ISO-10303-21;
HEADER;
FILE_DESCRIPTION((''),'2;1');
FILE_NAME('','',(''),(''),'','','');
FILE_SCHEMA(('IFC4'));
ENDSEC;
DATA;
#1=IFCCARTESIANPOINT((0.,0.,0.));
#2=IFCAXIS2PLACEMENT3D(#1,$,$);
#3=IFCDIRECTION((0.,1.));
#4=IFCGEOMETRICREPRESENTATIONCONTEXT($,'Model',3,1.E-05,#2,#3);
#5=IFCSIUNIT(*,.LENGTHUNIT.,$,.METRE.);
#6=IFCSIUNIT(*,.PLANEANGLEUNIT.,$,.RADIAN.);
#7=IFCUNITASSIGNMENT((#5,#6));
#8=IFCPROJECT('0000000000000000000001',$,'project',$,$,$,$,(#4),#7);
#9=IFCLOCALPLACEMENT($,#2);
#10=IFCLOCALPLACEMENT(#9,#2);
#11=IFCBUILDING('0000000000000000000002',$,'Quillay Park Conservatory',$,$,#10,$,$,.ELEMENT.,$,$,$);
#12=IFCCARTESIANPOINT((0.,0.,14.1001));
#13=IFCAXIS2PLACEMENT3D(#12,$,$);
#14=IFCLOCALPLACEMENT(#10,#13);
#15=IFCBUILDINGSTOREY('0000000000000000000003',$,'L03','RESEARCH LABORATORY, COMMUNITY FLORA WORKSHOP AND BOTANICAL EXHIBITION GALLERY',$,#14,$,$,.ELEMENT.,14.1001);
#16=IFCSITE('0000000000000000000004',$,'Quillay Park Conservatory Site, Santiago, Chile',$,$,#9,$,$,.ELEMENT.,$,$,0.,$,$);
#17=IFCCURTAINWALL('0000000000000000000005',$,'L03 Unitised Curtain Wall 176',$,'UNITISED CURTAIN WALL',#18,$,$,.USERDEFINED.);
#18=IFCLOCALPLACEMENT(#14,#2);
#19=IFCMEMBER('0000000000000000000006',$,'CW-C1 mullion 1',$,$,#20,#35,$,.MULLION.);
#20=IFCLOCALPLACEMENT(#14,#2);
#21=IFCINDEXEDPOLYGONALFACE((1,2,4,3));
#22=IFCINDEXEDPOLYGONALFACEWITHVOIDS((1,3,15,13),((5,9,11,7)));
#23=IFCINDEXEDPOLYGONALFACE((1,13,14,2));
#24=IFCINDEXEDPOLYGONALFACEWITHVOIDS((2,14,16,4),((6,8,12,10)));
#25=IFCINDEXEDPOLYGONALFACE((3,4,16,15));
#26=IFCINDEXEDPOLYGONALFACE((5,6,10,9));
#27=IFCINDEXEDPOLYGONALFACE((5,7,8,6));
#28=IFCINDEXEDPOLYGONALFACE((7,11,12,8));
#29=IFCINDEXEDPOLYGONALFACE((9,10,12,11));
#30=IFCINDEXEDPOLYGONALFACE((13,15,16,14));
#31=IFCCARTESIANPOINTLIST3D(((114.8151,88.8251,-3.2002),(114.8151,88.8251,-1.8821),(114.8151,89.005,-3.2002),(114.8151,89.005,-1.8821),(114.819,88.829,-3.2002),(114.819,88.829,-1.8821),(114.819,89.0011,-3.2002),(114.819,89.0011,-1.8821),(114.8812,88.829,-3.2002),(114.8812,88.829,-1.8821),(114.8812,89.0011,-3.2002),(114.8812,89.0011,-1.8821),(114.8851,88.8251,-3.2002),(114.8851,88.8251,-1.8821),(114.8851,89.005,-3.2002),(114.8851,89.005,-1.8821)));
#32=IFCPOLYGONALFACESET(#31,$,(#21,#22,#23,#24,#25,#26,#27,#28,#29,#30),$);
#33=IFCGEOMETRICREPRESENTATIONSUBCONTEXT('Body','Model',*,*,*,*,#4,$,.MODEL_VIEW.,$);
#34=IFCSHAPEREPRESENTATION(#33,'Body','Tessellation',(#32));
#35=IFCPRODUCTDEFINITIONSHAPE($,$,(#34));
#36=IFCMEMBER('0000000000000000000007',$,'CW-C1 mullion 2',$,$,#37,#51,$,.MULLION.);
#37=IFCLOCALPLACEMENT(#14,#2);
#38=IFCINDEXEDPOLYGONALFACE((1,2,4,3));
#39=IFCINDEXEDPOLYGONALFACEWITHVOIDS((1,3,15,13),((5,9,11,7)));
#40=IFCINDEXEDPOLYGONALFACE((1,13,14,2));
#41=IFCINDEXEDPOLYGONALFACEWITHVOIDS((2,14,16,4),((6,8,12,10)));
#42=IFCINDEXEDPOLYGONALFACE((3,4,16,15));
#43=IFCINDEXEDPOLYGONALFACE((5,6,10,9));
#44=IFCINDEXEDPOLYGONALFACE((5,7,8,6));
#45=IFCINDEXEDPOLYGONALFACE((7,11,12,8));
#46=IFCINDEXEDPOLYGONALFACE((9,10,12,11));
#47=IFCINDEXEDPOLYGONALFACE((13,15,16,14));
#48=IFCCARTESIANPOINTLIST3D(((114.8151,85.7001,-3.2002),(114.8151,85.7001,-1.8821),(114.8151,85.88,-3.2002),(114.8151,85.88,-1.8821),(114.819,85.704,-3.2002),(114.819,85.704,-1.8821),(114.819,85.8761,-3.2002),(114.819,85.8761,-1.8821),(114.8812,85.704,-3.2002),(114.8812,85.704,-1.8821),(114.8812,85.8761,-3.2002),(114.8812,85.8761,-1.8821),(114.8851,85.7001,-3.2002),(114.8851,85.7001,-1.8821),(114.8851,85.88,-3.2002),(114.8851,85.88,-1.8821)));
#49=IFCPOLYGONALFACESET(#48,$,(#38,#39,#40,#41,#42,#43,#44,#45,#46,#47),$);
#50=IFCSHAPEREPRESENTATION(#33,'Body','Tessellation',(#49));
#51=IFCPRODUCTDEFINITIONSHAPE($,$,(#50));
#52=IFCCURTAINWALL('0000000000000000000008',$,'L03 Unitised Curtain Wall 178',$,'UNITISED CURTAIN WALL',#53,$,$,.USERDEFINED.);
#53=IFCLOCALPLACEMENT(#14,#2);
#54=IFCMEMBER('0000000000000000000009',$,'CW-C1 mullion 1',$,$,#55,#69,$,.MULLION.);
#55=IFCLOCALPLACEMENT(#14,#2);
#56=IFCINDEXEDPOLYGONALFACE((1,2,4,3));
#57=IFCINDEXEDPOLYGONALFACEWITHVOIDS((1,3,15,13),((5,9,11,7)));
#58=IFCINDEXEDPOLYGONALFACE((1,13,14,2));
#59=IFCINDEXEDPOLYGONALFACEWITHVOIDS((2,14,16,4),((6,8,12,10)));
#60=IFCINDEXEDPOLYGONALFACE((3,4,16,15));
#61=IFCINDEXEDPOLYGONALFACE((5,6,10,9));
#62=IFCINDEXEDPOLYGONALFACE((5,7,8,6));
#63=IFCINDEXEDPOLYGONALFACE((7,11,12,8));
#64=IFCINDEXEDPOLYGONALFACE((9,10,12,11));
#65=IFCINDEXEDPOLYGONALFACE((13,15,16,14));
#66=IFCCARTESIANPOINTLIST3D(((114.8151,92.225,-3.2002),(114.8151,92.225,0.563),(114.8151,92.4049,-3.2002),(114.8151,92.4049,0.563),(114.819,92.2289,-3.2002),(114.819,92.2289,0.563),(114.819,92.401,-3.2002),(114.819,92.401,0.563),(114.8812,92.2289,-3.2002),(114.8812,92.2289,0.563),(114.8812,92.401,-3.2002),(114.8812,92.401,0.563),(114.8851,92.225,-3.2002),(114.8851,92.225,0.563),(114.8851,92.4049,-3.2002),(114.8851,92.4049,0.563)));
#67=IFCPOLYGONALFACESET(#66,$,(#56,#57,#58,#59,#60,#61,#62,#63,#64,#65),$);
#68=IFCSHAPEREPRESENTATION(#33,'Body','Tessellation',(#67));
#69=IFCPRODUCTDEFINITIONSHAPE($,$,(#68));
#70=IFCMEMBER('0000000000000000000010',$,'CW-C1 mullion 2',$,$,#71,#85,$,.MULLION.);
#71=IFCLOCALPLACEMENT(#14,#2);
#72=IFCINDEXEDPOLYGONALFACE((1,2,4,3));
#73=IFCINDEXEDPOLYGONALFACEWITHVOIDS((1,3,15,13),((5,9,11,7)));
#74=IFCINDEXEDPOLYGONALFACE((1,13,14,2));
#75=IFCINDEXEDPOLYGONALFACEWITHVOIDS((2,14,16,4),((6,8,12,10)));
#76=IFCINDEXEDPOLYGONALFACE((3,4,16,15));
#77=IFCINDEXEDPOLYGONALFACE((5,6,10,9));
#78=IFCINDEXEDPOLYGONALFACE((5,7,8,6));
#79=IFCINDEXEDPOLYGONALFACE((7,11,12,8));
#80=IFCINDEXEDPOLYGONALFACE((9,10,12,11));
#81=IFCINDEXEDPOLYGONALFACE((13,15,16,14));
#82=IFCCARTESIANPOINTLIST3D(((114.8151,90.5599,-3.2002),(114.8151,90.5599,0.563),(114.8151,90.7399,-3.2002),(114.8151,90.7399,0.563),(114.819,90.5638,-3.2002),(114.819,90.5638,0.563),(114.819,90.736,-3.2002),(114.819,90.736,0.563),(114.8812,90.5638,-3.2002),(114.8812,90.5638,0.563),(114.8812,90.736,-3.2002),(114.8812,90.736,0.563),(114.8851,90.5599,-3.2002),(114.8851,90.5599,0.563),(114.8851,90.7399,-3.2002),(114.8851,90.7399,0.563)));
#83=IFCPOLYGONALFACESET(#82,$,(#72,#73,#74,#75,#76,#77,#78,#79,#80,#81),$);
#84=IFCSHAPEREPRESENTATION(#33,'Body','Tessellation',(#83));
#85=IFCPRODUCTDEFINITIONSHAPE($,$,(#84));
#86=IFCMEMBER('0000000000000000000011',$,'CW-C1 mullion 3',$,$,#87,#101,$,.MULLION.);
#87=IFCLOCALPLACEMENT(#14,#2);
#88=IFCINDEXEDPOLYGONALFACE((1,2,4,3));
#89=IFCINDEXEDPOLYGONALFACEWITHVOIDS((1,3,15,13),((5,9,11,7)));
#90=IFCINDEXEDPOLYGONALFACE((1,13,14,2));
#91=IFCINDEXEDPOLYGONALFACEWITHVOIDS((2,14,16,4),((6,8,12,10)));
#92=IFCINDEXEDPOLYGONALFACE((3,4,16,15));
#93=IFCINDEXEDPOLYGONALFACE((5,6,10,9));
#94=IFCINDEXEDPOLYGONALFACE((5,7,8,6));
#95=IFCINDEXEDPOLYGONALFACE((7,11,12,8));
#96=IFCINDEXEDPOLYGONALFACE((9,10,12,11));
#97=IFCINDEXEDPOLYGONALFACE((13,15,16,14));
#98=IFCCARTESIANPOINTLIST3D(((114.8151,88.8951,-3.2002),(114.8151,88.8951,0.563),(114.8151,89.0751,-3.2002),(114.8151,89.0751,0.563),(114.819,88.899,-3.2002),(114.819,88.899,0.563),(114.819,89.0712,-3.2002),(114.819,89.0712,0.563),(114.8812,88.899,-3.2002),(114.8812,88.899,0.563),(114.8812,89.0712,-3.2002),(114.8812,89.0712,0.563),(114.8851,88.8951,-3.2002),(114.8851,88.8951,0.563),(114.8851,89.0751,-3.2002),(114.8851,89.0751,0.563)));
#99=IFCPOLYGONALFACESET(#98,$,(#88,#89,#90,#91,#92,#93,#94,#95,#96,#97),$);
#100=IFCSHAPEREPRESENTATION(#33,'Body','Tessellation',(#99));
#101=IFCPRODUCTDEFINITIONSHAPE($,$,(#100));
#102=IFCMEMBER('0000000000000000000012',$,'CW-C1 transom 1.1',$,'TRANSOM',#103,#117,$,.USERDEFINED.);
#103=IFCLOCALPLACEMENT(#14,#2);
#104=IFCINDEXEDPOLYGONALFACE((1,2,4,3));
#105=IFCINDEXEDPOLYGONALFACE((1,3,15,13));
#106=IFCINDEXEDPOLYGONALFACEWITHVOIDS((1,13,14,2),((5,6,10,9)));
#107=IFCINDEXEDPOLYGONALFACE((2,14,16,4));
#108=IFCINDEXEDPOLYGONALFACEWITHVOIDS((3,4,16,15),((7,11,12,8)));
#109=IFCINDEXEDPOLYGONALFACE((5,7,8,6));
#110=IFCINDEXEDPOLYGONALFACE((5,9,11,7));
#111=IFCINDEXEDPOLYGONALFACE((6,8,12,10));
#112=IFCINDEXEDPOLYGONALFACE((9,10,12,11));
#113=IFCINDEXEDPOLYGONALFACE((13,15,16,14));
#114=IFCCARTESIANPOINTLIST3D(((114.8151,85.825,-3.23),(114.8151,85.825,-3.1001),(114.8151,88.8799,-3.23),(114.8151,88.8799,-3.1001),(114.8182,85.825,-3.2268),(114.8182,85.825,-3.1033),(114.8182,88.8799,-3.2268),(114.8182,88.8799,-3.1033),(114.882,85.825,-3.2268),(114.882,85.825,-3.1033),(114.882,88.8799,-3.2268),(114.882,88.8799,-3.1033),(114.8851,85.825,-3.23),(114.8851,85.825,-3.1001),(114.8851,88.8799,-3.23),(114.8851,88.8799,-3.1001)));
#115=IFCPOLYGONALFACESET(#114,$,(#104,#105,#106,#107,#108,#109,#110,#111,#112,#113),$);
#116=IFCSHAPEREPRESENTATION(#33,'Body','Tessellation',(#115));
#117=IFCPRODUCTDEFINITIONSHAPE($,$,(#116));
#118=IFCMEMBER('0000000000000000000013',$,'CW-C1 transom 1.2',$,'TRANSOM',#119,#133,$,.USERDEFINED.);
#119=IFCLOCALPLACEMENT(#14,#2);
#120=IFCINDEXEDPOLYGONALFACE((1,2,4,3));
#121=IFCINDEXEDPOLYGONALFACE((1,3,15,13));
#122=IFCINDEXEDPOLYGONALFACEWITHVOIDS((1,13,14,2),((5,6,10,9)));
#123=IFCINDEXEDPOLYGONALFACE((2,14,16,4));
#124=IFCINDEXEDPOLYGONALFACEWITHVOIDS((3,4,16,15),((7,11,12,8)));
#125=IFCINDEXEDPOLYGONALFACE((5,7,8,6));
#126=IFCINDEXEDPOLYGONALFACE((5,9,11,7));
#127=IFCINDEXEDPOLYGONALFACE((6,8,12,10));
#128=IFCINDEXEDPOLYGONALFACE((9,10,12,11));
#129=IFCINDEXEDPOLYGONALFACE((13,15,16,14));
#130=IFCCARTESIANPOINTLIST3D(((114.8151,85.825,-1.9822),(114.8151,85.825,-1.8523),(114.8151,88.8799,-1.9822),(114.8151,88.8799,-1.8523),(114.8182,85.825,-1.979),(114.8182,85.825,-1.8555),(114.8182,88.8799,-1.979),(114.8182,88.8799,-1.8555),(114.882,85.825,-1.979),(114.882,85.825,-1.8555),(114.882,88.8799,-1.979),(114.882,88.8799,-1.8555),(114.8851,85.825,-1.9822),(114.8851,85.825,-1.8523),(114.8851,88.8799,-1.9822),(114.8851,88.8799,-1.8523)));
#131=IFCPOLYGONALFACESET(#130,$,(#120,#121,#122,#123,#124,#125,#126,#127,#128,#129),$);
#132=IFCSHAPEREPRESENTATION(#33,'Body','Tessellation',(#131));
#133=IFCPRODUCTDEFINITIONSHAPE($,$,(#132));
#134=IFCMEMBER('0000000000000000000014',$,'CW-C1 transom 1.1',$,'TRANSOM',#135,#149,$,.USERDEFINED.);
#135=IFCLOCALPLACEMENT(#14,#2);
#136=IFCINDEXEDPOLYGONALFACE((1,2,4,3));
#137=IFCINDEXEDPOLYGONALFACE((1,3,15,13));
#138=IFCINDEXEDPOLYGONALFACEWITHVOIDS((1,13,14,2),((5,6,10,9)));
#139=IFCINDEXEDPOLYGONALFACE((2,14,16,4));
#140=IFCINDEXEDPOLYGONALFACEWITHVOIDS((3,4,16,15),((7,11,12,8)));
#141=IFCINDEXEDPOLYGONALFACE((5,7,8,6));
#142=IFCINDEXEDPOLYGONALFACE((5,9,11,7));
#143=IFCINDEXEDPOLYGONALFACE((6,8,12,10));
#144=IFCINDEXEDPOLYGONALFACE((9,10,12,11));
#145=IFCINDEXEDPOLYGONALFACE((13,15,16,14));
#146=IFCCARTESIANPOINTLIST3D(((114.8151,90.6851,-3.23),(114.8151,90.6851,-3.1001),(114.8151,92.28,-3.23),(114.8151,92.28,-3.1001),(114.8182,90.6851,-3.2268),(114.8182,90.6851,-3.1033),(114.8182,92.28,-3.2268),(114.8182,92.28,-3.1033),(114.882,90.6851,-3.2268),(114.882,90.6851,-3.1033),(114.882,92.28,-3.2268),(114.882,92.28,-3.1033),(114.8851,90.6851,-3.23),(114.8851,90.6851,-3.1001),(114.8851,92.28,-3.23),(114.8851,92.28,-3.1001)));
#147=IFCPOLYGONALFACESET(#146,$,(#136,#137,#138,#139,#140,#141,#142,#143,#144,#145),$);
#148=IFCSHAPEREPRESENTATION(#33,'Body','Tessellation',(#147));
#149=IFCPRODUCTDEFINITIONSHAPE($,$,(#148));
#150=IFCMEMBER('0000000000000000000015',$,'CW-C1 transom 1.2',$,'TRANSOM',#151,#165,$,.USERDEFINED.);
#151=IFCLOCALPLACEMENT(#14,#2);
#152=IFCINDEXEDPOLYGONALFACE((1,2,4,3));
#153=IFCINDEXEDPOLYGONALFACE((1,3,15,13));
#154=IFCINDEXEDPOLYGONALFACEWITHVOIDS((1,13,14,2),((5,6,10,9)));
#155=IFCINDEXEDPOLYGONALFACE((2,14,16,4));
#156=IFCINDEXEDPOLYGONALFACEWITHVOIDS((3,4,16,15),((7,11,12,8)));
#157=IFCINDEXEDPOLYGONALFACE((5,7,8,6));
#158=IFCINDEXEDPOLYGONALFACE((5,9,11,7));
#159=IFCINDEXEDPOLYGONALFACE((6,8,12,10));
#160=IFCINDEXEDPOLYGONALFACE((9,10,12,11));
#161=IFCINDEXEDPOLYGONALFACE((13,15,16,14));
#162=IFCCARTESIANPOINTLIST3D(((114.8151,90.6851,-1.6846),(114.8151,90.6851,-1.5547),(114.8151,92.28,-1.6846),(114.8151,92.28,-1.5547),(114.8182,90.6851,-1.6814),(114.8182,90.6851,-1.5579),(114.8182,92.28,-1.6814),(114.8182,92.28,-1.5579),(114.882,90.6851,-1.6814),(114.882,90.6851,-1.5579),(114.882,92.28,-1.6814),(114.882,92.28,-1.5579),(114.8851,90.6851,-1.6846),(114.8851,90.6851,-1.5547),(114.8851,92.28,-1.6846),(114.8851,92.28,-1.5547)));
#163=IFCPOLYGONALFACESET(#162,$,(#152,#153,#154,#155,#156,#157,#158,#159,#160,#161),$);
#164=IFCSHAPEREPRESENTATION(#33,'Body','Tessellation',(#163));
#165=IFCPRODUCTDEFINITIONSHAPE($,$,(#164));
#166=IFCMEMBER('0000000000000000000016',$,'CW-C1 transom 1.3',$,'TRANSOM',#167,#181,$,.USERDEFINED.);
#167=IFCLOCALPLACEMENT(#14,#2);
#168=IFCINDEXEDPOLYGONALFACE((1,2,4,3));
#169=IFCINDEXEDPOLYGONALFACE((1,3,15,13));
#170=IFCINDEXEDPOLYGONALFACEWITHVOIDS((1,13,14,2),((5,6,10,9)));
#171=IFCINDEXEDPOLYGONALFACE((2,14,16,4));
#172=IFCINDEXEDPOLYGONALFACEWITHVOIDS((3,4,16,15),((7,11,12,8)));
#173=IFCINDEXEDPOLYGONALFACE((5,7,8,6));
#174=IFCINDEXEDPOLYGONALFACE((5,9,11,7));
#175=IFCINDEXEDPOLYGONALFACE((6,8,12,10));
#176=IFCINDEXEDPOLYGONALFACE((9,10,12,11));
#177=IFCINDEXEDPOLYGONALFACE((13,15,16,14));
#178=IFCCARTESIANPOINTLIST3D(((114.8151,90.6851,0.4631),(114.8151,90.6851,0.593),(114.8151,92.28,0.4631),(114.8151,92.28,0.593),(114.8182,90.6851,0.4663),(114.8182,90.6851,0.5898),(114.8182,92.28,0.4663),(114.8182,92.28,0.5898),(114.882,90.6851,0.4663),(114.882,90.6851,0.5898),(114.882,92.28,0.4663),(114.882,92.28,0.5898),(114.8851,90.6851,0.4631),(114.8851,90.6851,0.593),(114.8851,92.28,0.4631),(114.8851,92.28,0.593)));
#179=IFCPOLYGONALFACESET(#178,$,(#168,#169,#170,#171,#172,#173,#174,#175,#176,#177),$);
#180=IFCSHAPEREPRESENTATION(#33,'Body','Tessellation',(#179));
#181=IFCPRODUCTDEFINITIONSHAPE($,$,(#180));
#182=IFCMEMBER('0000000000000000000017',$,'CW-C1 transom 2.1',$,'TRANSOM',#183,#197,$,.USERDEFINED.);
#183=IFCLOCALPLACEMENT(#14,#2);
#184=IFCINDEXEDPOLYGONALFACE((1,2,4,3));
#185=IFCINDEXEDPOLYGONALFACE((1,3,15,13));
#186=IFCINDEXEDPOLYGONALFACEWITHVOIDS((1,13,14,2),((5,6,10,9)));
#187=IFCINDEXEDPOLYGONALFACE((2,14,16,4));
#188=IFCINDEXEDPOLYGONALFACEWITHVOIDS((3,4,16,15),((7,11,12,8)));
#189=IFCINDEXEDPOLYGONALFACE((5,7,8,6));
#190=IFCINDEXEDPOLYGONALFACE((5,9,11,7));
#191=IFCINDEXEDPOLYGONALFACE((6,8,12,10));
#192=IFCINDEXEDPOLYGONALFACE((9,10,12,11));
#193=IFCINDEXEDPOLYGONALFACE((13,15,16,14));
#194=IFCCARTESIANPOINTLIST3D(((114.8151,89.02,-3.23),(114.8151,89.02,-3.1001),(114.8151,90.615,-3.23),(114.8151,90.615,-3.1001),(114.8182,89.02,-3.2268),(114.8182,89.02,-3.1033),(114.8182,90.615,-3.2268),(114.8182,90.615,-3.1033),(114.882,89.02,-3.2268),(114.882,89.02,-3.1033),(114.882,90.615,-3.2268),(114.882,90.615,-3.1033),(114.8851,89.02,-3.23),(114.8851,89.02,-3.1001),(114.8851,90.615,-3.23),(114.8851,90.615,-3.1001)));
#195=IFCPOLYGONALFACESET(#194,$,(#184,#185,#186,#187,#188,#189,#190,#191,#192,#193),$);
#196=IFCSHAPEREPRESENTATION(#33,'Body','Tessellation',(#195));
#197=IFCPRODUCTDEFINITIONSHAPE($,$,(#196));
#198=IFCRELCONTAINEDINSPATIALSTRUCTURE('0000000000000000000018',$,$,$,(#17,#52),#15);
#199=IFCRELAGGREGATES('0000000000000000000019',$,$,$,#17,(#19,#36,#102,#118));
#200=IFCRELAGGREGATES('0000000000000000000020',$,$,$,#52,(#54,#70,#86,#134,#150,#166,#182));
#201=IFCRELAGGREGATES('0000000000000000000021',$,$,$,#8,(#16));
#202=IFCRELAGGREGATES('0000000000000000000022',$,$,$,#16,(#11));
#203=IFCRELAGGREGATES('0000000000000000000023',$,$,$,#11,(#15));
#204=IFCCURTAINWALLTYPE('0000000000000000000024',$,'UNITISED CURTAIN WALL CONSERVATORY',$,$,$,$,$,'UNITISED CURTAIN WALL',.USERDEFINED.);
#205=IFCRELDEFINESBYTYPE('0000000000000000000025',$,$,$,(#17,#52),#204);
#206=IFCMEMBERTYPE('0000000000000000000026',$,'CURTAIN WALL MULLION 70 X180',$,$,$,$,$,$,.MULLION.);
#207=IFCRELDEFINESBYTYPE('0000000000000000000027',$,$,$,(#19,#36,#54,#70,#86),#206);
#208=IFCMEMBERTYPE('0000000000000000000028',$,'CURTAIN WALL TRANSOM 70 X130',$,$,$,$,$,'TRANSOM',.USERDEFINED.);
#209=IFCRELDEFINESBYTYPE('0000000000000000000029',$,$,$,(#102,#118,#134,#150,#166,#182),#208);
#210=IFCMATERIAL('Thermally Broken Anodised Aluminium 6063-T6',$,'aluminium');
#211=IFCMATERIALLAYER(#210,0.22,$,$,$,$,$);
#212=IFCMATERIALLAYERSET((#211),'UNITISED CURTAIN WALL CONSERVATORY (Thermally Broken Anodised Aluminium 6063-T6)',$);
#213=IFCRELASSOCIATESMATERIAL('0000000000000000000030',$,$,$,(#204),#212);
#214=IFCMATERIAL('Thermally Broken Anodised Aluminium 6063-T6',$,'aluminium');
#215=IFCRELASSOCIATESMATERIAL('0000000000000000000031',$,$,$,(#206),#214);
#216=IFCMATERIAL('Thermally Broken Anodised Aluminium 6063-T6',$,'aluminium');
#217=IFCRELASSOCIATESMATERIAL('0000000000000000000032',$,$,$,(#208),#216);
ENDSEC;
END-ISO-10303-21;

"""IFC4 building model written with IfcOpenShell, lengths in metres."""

from ifc_helpers import new_model, si_unit, direction, frame, origin, origin_2d, place, context, subcontext, project, spatial, hollow_rectangle, extrude, material, layer, layer_set, material_profile, profile_set, type_object, element, aggregate, save


model = new_model("IFC4")

# Units and contexts
model_context = context("Model", 3, precision=1e-05, world=origin(), true_north=direction((0.0, 1.0)))
body_context = subcontext(model_context, "Body", "Model", "MODEL_VIEW")
ifc_project = project(units=[si_unit("LENGTHUNIT", "METRE"), si_unit("PLANEANGLEUNIT", "RADIAN")], contexts=[model_context])

# Site, building, storey
site_placement = place(None, origin())
site = spatial("IfcSite", under=ifc_project, at=site_placement, Name="Quillay Park Conservatory Site, Santiago, Chile", CompositionType="ELEMENT", RefElevation=0.0)
building_placement = place(site_placement, origin())
building = spatial("IfcBuilding", under=site, at=building_placement, Name="Quillay Park Conservatory", CompositionType="ELEMENT")
storey_placement = place(building_placement, frame((0.0, 0.0, 14.1001)))
storey = spatial("IfcBuildingStorey", under=building, at=storey_placement, Name="L03", Description="RESEARCH LABORATORY, COMMUNITY FLORA WORKSHOP AND BOTANICAL EXHIBITION GALLERY", CompositionType="ELEMENT", Elevation=14.1001)

# Curtain walls, members
ifc_material_1 = material(Name="Thermally Broken Anodised Aluminium 6063-T6", Category="aluminium")
ifc_layer_1 = layer(ifc_material_1, 0.22)
ifc_layer_set_1 = layer_set([ifc_layer_1], Name="UNITISED CURTAIN WALL CONSERVATORY (Thermally Broken Anodised Aluminium 6063-T6)")
curtain_wall_type = type_object("IfcCurtainWallType", Name="UNITISED CURTAIN WALL CONSERVATORY", ElementType="UNITISED CURTAIN WALL", PredefinedType="USERDEFINED", material=ifc_layer_set_1)
curtain_wall_1_placement = place(storey_placement, origin())
curtain_wall_1 = element("IfcCurtainWall", 1, at=curtain_wall_1_placement, inside=storey, type_object=curtain_wall_type, Name="L03 Unitised Curtain Wall 176", ObjectType="UNITISED CURTAIN WALL", PredefinedType="USERDEFINED")
ifc_material_2 = material(Name="Thermally Broken Anodised Aluminium 6063-T6", Category="aluminium")
ifc_material_profile_1 = material_profile(ifc_material_2, hollow_rectangle(XDim=0.0701, YDim=0.1799, WallThickness=0.0039, at=origin_2d()), Name="AL70x180x4")
ifc_profile_set_1 = profile_set([ifc_material_profile_1], Name="Thermally Broken Anodised Aluminium 6063-T6")
member_type_1 = type_object("IfcMemberType", Name="CURTAIN WALL MULLION 70 X180", PredefinedType="MULLION", material=ifc_profile_set_1)
member_1_placement = place(storey_placement, frame((114.8501, 88.915, -3.2002), z_axis=(0.0, 0.0, 1.0), x_axis=(1.0, 0.0, 0.0)))
member_1 = element("IfcMember", 2, at=member_1_placement, type_object=member_type_1, Name="CW-C1 mullion 1", PredefinedType="MULLION", context=body_context, shape_type="SweptSolid", body=[
    extrude(hollow_rectangle(XDim=0.0701, YDim=0.1799, WallThickness=0.0039, at=origin_2d()), origin(), (0.0, 0.0, 1.0), 1.3181),
])
member_2_placement = place(storey_placement, frame((114.8501, 85.79, -3.2002), z_axis=(0.0, 0.0, 1.0), x_axis=(1.0, 0.0, 0.0)))
member_2 = element("IfcMember", 3, at=member_2_placement, type_object=member_type_1, Name="CW-C1 mullion 2", PredefinedType="MULLION", context=body_context, shape_type="SweptSolid", body=[
    extrude(hollow_rectangle(XDim=0.0701, YDim=0.1799, WallThickness=0.0039, at=origin_2d()), origin(), (0.0, 0.0, 1.0), 1.3181),
])
curtain_wall_2_placement = place(storey_placement, origin())
curtain_wall_2 = element("IfcCurtainWall", 4, at=curtain_wall_2_placement, inside=storey, type_object=curtain_wall_type, Name="L03 Unitised Curtain Wall 178", ObjectType="UNITISED CURTAIN WALL", PredefinedType="USERDEFINED")
member_3_placement = place(storey_placement, frame((114.8501, 92.3149, -3.2002), z_axis=(0.0, 0.0, 1.0), x_axis=(1.0, 0.0, 0.0)))
member_3 = element("IfcMember", 5, at=member_3_placement, type_object=member_type_1, Name="CW-C1 mullion 1", PredefinedType="MULLION", context=body_context, shape_type="SweptSolid", body=[
    extrude(hollow_rectangle(XDim=0.0701, YDim=0.1799, WallThickness=0.0039, at=origin_2d()), origin(), (0.0, 0.0, 1.0), 3.7632),
])
member_4_placement = place(storey_placement, frame((114.8501, 90.6499, -3.2002), z_axis=(0.0, 0.0, 1.0), x_axis=(1.0, 0.0, 0.0)))
member_4 = element("IfcMember", 6, at=member_4_placement, type_object=member_type_1, Name="CW-C1 mullion 2", PredefinedType="MULLION", context=body_context, shape_type="SweptSolid", body=[
    extrude(hollow_rectangle(XDim=0.0701, YDim=0.1799, WallThickness=0.0039, at=origin_2d()), origin(), (0.0, 0.0, 1.0), 3.7632),
])
member_5_placement = place(storey_placement, frame((114.8501, 88.9851, -3.2002), z_axis=(0.0, 0.0, 1.0), x_axis=(1.0, 0.0, 0.0)))
member_5 = element("IfcMember", 7, at=member_5_placement, type_object=member_type_1, Name="CW-C1 mullion 3", PredefinedType="MULLION", context=body_context, shape_type="SweptSolid", body=[
    extrude(hollow_rectangle(XDim=0.0701, YDim=0.1799, WallThickness=0.0039, at=origin_2d()), origin(), (0.0, 0.0, 1.0), 3.7632),
])

# Members
ifc_material_3 = material(Name="Thermally Broken Anodised Aluminium 6063-T6", Category="aluminium")
ifc_material_profile_2 = material_profile(ifc_material_3, hollow_rectangle(XDim=0.0701, YDim=0.1299, WallThickness=0.0032, at=origin_2d()), Name="AL70x130x3.2")
ifc_profile_set_2 = profile_set([ifc_material_profile_2], Name="Thermally Broken Anodised Aluminium 6063-T6")
member_type_2 = type_object("IfcMemberType", Name="CURTAIN WALL TRANSOM 70 X130", ElementType="TRANSOM", PredefinedType="USERDEFINED", material=ifc_profile_set_2)
member_6_placement = place(storey_placement, frame((114.8501, 88.8799, -3.165), z_axis=(0.0, -1.0, 0.0), x_axis=(1.0, 0.0, 0.0)))
member_6 = element("IfcMember", 8, at=member_6_placement, type_object=member_type_2, Name="CW-C1 transom 1.1", ObjectType="TRANSOM", PredefinedType="USERDEFINED", context=body_context, shape_type="SweptSolid", body=[
    extrude(hollow_rectangle(XDim=0.0701, YDim=0.1299, WallThickness=0.0032, at=origin_2d()), origin(), (0.0, 0.0, 1.0), 3.0549),
])
member_7_placement = place(storey_placement, frame((114.8501, 88.8799, -1.9172), z_axis=(0.0, -1.0, 0.0), x_axis=(1.0, 0.0, 0.0)))
member_7 = element("IfcMember", 9, at=member_7_placement, type_object=member_type_2, Name="CW-C1 transom 1.2", ObjectType="TRANSOM", PredefinedType="USERDEFINED", context=body_context, shape_type="SweptSolid", body=[
    extrude(hollow_rectangle(XDim=0.0701, YDim=0.1299, WallThickness=0.0032, at=origin_2d()), origin(), (0.0, 0.0, 1.0), 3.0549),
])
member_8_placement = place(storey_placement, frame((114.8501, 92.28, -3.165), z_axis=(0.0, -1.0, 0.0), x_axis=(1.0, 0.0, 0.0)))
member_8 = element("IfcMember", 10, at=member_8_placement, type_object=member_type_2, Name="CW-C1 transom 1.1", ObjectType="TRANSOM", PredefinedType="USERDEFINED", context=body_context, shape_type="SweptSolid", body=[
    extrude(hollow_rectangle(XDim=0.0701, YDim=0.1299, WallThickness=0.0032, at=origin_2d()), origin(), (0.0, 0.0, 1.0), 1.595),
])
member_9_placement = place(storey_placement, frame((114.8501, 92.28, -1.6196), z_axis=(0.0, -1.0, 0.0), x_axis=(1.0, 0.0, 0.0)))
member_9 = element("IfcMember", 11, at=member_9_placement, type_object=member_type_2, Name="CW-C1 transom 1.2", ObjectType="TRANSOM", PredefinedType="USERDEFINED", context=body_context, shape_type="SweptSolid", body=[
    extrude(hollow_rectangle(XDim=0.0701, YDim=0.1299, WallThickness=0.0032, at=origin_2d()), origin(), (0.0, 0.0, 1.0), 1.595),
])
member_10_placement = place(storey_placement, frame((114.8501, 92.28, 0.5281), z_axis=(0.0, -1.0, 0.0), x_axis=(1.0, 0.0, 0.0)))
member_10 = element("IfcMember", 12, at=member_10_placement, type_object=member_type_2, Name="CW-C1 transom 1.3", ObjectType="TRANSOM", PredefinedType="USERDEFINED", context=body_context, shape_type="SweptSolid", body=[
    extrude(hollow_rectangle(XDim=0.0701, YDim=0.1299, WallThickness=0.0032, at=origin_2d()), origin(), (0.0, 0.0, 1.0), 1.595),
])
member_11_placement = place(storey_placement, frame((114.8501, 90.615, -3.165), z_axis=(0.0, -1.0, 0.0), x_axis=(1.0, 0.0, 0.0)))
member_11 = element("IfcMember", 13, at=member_11_placement, type_object=member_type_2, Name="CW-C1 transom 2.1", ObjectType="TRANSOM", PredefinedType="USERDEFINED", context=body_context, shape_type="SweptSolid", body=[
    extrude(hollow_rectangle(XDim=0.0701, YDim=0.1299, WallThickness=0.0032, at=origin_2d()), origin(), (0.0, 0.0, 1.0), 1.595),
])

aggregate(curtain_wall_1, [member_1, member_2, member_6, member_7])
aggregate(curtain_wall_2, [member_3, member_4, member_5, member_8, member_9, member_10, member_11])

save(model, "model.ifc")
